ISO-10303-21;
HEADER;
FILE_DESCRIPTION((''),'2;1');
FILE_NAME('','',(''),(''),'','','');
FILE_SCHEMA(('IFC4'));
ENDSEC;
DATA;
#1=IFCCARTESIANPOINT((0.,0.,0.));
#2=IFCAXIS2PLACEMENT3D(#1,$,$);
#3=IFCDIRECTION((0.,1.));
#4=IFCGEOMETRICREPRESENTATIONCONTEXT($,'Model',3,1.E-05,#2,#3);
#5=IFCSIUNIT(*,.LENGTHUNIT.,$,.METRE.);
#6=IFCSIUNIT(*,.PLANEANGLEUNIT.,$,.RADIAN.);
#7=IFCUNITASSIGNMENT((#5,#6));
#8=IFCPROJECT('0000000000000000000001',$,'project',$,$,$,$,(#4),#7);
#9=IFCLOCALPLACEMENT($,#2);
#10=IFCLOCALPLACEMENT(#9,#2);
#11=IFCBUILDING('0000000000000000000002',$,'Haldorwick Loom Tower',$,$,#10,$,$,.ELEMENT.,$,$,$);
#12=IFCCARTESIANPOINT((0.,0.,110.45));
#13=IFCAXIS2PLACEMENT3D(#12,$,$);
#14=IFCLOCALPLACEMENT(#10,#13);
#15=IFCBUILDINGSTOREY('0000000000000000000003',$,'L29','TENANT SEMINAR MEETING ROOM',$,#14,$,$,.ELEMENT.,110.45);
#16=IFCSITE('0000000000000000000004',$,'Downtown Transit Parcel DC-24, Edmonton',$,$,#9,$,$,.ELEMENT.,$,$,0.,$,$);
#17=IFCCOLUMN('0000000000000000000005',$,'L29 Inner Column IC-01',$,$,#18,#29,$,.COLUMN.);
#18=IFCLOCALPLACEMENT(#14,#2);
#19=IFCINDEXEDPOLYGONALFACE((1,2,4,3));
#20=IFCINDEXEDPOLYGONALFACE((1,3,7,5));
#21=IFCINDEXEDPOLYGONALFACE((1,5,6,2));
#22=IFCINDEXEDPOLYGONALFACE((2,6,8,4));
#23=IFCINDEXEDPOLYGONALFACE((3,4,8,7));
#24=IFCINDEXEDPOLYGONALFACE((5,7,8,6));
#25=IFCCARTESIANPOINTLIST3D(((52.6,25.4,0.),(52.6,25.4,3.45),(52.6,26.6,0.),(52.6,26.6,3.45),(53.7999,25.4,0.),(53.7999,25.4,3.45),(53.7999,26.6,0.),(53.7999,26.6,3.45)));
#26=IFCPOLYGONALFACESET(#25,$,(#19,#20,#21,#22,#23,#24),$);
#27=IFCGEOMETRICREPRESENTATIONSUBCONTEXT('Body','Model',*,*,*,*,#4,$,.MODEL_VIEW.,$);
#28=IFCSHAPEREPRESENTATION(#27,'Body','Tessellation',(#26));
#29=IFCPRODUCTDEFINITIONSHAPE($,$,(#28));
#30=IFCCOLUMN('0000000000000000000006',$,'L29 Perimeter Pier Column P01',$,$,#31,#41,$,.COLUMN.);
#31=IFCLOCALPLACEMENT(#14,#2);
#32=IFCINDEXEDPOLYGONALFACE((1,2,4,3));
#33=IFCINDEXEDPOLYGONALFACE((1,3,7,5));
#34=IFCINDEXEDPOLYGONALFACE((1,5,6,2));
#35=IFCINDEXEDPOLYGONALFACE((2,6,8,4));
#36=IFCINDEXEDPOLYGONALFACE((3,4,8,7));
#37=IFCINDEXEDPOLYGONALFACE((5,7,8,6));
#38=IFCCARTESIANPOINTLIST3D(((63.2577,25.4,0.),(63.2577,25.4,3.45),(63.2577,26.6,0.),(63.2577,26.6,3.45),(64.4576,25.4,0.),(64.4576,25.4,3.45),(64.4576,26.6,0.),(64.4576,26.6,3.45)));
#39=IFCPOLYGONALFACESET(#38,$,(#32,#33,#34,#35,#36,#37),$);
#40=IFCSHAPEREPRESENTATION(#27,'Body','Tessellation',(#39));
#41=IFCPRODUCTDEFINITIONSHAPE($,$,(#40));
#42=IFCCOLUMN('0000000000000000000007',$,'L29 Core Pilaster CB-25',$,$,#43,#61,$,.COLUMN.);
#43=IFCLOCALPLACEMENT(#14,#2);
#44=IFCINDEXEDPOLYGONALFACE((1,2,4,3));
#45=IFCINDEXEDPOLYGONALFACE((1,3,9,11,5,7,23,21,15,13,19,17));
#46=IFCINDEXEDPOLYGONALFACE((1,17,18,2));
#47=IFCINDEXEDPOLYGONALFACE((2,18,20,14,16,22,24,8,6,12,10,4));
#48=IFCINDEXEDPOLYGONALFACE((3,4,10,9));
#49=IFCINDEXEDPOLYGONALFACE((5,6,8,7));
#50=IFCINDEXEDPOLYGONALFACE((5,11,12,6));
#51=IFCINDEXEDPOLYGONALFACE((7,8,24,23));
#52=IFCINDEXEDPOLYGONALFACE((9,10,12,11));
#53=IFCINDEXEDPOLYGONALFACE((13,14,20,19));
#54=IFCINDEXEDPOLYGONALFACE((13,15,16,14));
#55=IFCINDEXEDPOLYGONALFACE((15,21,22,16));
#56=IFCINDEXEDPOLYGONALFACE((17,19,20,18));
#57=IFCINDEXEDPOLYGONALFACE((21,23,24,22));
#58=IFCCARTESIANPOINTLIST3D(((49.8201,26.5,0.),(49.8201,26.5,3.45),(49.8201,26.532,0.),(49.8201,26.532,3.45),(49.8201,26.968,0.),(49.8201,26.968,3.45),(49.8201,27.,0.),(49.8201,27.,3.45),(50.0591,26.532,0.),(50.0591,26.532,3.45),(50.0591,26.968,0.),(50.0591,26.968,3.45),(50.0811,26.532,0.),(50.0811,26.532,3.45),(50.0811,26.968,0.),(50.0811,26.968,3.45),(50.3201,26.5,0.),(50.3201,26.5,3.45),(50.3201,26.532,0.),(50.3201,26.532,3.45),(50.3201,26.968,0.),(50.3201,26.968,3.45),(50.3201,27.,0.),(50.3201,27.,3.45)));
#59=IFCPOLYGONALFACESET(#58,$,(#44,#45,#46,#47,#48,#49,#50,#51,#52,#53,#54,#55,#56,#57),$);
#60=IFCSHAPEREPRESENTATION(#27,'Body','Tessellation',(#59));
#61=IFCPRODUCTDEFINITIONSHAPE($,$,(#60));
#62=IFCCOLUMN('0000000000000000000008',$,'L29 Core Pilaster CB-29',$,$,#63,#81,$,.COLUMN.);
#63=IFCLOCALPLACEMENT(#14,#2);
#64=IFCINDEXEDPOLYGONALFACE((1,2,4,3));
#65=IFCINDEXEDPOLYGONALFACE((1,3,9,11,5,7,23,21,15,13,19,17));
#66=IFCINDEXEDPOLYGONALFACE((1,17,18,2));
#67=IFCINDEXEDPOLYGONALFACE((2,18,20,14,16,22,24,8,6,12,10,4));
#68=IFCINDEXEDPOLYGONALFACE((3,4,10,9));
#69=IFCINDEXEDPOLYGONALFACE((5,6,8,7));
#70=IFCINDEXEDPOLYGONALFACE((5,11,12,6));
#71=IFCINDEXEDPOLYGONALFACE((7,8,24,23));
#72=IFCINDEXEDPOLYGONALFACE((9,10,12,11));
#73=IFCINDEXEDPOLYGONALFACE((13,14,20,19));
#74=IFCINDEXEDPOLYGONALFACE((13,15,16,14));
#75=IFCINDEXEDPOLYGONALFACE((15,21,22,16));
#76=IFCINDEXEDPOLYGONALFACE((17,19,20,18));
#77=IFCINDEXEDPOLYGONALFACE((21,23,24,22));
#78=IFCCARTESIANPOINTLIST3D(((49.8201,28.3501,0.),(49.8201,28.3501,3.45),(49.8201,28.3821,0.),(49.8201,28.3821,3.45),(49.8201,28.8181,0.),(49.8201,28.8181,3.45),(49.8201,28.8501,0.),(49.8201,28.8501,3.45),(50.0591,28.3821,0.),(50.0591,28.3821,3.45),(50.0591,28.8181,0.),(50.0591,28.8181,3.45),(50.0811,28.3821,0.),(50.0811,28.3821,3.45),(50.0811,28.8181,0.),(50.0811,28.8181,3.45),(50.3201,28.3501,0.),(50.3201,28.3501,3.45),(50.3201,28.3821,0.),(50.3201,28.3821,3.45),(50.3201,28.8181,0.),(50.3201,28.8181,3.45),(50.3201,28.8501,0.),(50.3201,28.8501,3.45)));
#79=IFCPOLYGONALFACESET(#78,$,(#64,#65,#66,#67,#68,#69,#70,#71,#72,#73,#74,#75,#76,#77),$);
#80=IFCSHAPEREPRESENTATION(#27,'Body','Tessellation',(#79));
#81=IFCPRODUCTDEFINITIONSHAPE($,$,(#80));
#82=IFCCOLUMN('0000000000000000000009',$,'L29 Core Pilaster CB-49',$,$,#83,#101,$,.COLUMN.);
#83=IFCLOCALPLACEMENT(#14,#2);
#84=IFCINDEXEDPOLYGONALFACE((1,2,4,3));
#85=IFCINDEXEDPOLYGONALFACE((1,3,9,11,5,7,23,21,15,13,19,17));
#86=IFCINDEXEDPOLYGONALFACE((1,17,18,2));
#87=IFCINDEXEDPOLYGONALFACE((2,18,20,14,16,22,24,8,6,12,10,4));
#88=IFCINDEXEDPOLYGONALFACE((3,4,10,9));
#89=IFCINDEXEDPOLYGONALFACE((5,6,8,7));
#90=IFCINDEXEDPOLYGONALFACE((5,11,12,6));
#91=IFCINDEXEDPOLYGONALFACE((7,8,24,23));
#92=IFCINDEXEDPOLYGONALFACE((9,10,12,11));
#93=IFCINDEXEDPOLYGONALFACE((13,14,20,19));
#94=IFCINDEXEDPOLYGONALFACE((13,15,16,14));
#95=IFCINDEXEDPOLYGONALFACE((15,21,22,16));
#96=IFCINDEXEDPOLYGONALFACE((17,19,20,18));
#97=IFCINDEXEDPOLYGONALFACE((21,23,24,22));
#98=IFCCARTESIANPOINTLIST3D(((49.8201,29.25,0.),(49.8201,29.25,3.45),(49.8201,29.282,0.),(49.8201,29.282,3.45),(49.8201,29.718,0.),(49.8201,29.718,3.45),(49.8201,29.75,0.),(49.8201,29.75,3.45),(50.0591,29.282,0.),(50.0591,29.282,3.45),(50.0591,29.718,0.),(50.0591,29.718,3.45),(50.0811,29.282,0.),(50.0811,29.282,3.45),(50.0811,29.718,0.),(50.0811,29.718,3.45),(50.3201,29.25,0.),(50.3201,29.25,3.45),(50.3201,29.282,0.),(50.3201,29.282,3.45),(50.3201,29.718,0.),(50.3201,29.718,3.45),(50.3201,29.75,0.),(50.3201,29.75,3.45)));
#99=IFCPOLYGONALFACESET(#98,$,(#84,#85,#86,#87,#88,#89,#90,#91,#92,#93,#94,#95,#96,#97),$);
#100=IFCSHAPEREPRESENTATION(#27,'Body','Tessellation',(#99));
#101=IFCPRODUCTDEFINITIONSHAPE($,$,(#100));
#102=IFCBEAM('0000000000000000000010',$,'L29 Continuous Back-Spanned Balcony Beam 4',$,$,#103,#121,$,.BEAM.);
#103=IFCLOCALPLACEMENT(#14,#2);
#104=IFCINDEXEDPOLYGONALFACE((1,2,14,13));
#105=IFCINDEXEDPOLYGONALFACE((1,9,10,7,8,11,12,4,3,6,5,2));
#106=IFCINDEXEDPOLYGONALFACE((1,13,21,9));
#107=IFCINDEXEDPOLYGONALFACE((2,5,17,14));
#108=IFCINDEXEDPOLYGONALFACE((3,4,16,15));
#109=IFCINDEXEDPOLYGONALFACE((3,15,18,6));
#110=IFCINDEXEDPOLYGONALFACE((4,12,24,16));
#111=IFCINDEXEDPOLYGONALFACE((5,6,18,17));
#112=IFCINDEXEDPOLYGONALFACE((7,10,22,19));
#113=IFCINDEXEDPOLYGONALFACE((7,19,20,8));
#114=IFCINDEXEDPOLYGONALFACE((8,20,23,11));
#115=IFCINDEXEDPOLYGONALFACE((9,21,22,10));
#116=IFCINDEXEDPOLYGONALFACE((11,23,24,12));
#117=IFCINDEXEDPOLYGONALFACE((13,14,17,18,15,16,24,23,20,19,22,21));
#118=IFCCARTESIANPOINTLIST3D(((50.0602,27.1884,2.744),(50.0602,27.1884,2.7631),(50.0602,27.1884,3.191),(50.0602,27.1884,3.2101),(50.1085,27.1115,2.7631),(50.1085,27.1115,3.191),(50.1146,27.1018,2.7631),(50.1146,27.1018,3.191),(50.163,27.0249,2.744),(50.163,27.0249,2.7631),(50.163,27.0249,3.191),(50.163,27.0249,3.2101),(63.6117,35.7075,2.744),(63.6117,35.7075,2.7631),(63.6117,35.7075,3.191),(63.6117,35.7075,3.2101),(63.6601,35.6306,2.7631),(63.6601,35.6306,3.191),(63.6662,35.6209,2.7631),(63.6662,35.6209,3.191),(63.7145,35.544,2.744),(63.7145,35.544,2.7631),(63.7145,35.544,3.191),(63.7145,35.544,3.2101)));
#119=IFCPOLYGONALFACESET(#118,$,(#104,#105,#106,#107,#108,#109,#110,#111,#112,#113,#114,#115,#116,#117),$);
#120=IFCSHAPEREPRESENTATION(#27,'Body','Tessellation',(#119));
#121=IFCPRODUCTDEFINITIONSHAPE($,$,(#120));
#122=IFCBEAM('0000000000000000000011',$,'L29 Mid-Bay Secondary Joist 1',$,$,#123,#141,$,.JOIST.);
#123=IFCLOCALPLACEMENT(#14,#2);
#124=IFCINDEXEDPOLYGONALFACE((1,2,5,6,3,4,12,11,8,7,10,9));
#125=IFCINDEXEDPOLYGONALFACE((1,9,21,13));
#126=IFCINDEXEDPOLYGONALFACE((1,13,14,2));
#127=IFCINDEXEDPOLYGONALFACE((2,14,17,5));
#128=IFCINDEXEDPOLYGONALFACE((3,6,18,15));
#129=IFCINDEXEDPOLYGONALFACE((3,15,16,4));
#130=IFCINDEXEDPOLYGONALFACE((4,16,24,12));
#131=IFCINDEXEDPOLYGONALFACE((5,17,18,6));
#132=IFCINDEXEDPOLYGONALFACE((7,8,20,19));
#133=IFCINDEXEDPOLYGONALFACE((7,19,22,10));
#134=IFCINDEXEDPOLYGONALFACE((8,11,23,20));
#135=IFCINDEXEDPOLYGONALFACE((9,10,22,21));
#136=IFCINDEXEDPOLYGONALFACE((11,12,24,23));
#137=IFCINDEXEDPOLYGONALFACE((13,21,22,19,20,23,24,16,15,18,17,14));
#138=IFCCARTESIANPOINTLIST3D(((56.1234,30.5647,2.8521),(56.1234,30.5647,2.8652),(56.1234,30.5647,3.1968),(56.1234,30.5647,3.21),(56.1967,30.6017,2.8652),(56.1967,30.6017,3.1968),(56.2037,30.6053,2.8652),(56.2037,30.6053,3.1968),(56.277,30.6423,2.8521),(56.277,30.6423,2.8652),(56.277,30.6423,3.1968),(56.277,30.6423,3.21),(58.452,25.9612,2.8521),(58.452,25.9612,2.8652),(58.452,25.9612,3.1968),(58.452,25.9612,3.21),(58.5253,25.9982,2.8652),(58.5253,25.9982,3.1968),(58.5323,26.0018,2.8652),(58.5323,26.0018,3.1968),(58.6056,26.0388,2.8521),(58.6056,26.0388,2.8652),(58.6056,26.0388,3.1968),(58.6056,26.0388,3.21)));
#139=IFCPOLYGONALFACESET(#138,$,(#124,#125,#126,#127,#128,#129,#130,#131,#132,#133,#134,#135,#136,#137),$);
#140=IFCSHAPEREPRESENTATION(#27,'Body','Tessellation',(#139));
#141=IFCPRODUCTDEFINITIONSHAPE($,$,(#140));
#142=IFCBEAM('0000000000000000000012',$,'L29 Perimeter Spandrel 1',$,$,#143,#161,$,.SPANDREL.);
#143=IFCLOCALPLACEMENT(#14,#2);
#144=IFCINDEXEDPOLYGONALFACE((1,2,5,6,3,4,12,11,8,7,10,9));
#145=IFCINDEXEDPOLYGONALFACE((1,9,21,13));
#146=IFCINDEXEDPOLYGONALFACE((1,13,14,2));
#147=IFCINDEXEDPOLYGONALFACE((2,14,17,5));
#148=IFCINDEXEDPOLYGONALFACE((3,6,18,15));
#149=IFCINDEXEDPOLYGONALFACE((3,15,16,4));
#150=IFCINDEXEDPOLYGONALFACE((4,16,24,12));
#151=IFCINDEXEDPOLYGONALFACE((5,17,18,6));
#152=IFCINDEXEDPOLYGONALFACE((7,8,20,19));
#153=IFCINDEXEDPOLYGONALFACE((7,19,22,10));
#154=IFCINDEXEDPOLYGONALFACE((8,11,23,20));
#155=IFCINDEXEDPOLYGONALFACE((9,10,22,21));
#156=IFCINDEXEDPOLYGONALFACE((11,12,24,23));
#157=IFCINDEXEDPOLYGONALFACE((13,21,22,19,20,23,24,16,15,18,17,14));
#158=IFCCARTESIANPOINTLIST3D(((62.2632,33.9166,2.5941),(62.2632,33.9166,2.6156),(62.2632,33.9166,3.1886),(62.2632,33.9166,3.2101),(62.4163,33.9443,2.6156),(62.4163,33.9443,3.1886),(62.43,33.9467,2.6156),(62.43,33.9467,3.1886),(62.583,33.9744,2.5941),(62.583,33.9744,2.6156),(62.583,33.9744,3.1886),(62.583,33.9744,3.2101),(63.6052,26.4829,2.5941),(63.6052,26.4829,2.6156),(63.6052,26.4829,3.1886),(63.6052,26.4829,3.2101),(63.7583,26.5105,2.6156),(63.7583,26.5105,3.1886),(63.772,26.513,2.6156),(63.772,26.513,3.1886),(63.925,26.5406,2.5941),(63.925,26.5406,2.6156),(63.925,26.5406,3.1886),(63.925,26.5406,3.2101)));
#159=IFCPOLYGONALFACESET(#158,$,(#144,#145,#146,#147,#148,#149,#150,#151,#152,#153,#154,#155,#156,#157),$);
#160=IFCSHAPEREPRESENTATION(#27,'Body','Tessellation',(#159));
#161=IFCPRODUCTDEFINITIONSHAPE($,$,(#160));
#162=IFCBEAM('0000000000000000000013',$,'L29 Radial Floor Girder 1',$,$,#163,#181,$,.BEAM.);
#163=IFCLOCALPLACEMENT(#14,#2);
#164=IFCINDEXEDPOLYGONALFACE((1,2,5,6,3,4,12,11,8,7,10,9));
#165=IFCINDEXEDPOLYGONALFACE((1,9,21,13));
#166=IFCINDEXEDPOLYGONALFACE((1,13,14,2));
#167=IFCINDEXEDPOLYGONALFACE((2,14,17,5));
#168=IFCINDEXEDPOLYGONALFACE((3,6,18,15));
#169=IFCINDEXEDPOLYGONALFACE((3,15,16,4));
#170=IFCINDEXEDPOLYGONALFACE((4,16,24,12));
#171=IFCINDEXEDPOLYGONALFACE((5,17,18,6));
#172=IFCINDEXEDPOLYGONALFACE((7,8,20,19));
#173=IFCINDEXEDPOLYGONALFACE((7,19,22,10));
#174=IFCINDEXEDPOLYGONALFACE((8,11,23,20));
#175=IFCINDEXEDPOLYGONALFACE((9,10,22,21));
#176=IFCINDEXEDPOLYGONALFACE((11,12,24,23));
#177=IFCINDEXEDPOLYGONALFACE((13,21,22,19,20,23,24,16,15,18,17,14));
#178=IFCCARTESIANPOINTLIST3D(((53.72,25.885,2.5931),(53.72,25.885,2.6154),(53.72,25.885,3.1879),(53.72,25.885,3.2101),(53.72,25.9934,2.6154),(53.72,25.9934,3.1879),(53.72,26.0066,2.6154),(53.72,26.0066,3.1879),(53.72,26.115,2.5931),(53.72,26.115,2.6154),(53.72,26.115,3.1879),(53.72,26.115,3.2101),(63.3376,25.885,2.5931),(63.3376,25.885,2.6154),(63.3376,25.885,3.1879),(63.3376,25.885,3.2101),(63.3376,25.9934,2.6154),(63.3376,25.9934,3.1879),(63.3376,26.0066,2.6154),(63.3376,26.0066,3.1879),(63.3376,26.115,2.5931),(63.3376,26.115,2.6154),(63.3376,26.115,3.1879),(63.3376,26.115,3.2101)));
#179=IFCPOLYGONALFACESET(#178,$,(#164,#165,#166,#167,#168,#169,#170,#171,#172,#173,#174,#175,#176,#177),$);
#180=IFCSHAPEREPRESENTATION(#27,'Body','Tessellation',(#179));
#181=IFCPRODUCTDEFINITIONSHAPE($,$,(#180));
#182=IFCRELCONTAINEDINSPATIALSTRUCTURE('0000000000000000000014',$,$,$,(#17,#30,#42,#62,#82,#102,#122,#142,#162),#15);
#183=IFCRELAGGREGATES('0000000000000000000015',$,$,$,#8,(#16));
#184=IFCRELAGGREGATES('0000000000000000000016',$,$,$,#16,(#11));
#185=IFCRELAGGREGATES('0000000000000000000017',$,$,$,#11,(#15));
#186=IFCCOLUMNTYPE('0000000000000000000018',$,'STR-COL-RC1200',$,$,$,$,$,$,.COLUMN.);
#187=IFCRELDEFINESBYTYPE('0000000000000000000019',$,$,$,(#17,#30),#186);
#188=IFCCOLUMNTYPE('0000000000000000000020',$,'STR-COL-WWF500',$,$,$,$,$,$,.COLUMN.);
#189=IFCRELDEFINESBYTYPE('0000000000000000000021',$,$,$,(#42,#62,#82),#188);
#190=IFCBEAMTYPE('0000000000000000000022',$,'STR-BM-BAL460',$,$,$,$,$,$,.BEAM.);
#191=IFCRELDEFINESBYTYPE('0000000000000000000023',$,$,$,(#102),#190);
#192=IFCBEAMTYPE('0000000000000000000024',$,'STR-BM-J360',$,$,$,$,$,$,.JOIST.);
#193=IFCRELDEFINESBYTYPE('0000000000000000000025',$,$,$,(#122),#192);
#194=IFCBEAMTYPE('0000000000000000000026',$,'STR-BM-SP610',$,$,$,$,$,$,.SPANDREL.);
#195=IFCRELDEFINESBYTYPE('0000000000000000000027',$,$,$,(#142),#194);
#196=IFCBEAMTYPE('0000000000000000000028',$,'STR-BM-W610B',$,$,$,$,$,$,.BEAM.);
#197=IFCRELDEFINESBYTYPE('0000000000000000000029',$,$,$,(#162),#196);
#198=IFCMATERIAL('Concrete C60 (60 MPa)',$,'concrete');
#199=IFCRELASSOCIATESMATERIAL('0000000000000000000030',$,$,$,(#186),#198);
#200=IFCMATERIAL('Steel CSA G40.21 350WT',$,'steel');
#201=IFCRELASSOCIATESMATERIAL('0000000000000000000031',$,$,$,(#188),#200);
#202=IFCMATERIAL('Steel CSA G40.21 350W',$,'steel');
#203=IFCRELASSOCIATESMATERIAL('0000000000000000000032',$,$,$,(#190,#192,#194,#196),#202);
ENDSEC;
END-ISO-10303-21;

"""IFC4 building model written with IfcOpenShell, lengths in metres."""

from ifc_helpers import new_model, si_unit, direction, frame, origin, origin_2d, place, context, subcontext, project, spatial, rectangle, i_section, extrude, material, material_profile, profile_set, type_object, element, save


model = new_model("IFC4")

# Units and contexts
model_context = context("Model", 3, precision=1e-05, world=origin(), true_north=direction((0.0, 1.0)))
body_context = subcontext(model_context, "Body", "Model", "MODEL_VIEW")
ifc_project = project(units=[si_unit("LENGTHUNIT", "METRE"), si_unit("PLANEANGLEUNIT", "RADIAN")], contexts=[model_context])

# Site, building, storey
site_placement = place(None, origin())
site = spatial("IfcSite", under=ifc_project, at=site_placement, Name="Downtown Transit Parcel DC-24, Edmonton", CompositionType="ELEMENT", RefElevation=0.0)
building_placement = place(site_placement, origin())
building = spatial("IfcBuilding", under=site, at=building_placement, Name="Haldorwick Loom Tower", CompositionType="ELEMENT")
storey_placement = place(building_placement, frame((0.0, 0.0, 110.45)))
storey = spatial("IfcBuildingStorey", under=building, at=storey_placement, Name="L29", Description="TENANT SEMINAR MEETING ROOM", CompositionType="ELEMENT", Elevation=110.45)

# Columns
ifc_material_1 = material(Name="Concrete C60 (60 MPa)", Category="concrete")
ifc_material_profile_1 = material_profile(ifc_material_1, rectangle(XDim=1.2, YDim=1.2, at=origin_2d()), Name="RC1200X1200", Category="concrete")
ifc_profile_set_1 = profile_set([ifc_material_profile_1], Name="Concrete C60 (60 MPa)")
column_type_1 = type_object("IfcColumnType", Name="STR-COL-RC1200", PredefinedType="COLUMN", material=ifc_profile_set_1)
for number, where, z_axis, x_axis, name in (
    (1, (53.2, 26.0, 0.0), (0.0, 0.0, 1.0), (1.0, 0.0, 0.0), "L29 Inner Column IC-01"),
    (2, (63.8577, 26.0, 0.0), (0.0, 0.0, 1.0), (1.0, 0.0, 0.0), "L29 Perimeter Pier Column P01"),
):
    element("IfcColumn", number, at=place(storey_placement, frame(where, z_axis=z_axis, x_axis=x_axis)), inside=storey, type_object=column_type_1, Name=name, PredefinedType="COLUMN", context=body_context, shape_type="SweptSolid", body=[
        extrude(rectangle(XDim=1.2, YDim=1.2, at=origin_2d()), origin(), (0.0, 0.0, 1.0), 3.45),
    ])
ifc_material_2 = material(Name="Steel CSA G40.21 350WT", Category="steel")
ifc_material_profile_2 = material_profile(ifc_material_2, i_section(OverallWidth=0.5, OverallDepth=0.5, WebThickness=0.022, FlangeThickness=0.032, at=origin_2d()), Name="WWF500X500", Category="steel")
ifc_profile_set_2 = profile_set([ifc_material_profile_2], Name="Steel CSA G40.21 350WT")
column_type_2 = type_object("IfcColumnType", Name="STR-COL-WWF500", PredefinedType="COLUMN", material=ifc_profile_set_2)
for number, where, z_axis, x_axis, name in (
    (3, (50.0701, 26.75, 0.0), (0.0, 0.0, 1.0), (1.0, 0.0, 0.0), "L29 Core Pilaster CB-25"),
    (4, (50.0701, 28.6001, 0.0), (0.0, 0.0, 1.0), (1.0, 0.0, 0.0), "L29 Core Pilaster CB-29"),
    (5, (50.0701, 29.5, 0.0), (0.0, 0.0, 1.0), (1.0, 0.0, 0.0), "L29 Core Pilaster CB-49"),
):
    element("IfcColumn", number, at=place(storey_placement, frame(where, z_axis=z_axis, x_axis=x_axis)), inside=storey, type_object=column_type_2, Name=name, PredefinedType="COLUMN", context=body_context, shape_type="SweptSolid", body=[
        extrude(i_section(OverallWidth=0.5, OverallDepth=0.5, WebThickness=0.022, FlangeThickness=0.032, at=origin_2d()), origin(), (0.0, 0.0, 1.0), 3.45),
    ])

# Beams
ifc_material_3 = material(Name="Steel CSA G40.21 350W", Category="steel")
ifc_material_profile_3 = material_profile(ifc_material_3, i_section(OverallWidth=0.1931, OverallDepth=0.4661, WebThickness=0.0115, FlangeThickness=0.019, at=origin_2d()), Name="W460X97", Category="steel")
ifc_profile_set_3 = profile_set([ifc_material_profile_3], Name="Steel CSA G40.21 350W")
beam_type_1 = type_object("IfcBeamType", Name="STR-BM-BAL460", PredefinedType="BEAM", material=ifc_profile_set_3)
beam_1_placement = place(storey_placement, frame((50.1116, 27.1067, 2.9771), z_axis=(0.84661, 0.532214, 0.0), x_axis=(-0.532214, 0.84661, 0.0)))
element("IfcBeam", 6, at=beam_1_placement, inside=storey, type_object=beam_type_1, Name="L29 Continuous Back-Spanned Balcony Beam 4", PredefinedType="BEAM", context=body_context, shape_type="SweptSolid", body=[
    extrude(i_section(OverallWidth=0.1931, OverallDepth=0.4661, WebThickness=0.0115, FlangeThickness=0.019, at=origin_2d()), origin(), (0.0, 0.0, 1.0), 16.0068),
])
ifc_material_profile_4 = material_profile(ifc_material_3, i_section(OverallWidth=0.1721, OverallDepth=0.3579, WebThickness=0.0078, FlangeThickness=0.0132, at=origin_2d()), Name="W360X57", Category="steel")
ifc_profile_set_4 = profile_set([ifc_material_profile_4], Name="Steel CSA G40.21 350W")
beam_type_2 = type_object("IfcBeamType", Name="STR-BM-J360", PredefinedType="JOIST", material=ifc_profile_set_4)
beam_2_placement = place(storey_placement, frame((58.5288, 26.0, 3.031), z_axis=(-0.451373, 0.892335, 0.0), x_axis=(-0.892335, -0.451373, 0.0)))
element("IfcBeam", 7, at=beam_2_placement, inside=storey, type_object=beam_type_2, Name="L29 Mid-Bay Secondary Joist 1", PredefinedType="JOIST", context=body_context, shape_type="SweptSolid", body=[
    extrude(i_section(OverallWidth=0.1721, OverallDepth=0.3579, WebThickness=0.0078, FlangeThickness=0.0132, at=origin_2d()), origin(), (0.0, 0.0, 1.0), 5.1589),
])
ifc_material_profile_5 = material_profile(ifc_material_3, i_section(OverallWidth=0.325, OverallDepth=0.616, WebThickness=0.0139, FlangeThickness=0.0215, at=origin_2d()), Name="W610X174", Category="steel")
ifc_profile_set_5 = profile_set([ifc_material_profile_5], Name="Steel CSA G40.21 350W")
beam_type_3 = type_object("IfcBeamType", Name="STR-BM-SP610", PredefinedType="SPANDREL", material=ifc_profile_set_5)
beam_3_placement = place(storey_placement, frame((63.7651, 26.5117, 2.9021), z_axis=(-0.177659, 0.984092, 0.0), x_axis=(-0.984092, -0.177659, 0.0)))
element("IfcBeam", 8, at=beam_3_placement, inside=storey, type_object=beam_type_3, Name="L29 Perimeter Spandrel 1", PredefinedType="SPANDREL", context=body_context, shape_type="SweptSolid", body=[
    extrude(i_section(OverallWidth=0.325, OverallDepth=0.616, WebThickness=0.0139, FlangeThickness=0.0215, at=origin_2d()), origin(), (0.0, 0.0, 1.0), 7.554),
])
ifc_material_profile_6 = material_profile(ifc_material_3, i_section(OverallWidth=0.23, OverallDepth=0.6169, WebThickness=0.0132, FlangeThickness=0.0222, at=origin_2d()), Name="W610X140", Category="steel")
ifc_profile_set_6 = profile_set([ifc_material_profile_6], Name="Steel CSA G40.21 350W")
beam_type_4 = type_object("IfcBeamType", Name="STR-BM-W610B", PredefinedType="BEAM", material=ifc_profile_set_6)
beam_4_placement = place(storey_placement, frame((53.72, 26.0, 2.9016), z_axis=(1.0, 0.0, 0.0), x_axis=(0.0, 1.0, 0.0)))
element("IfcBeam", 9, at=beam_4_placement, inside=storey, type_object=beam_type_4, Name="L29 Radial Floor Girder 1", PredefinedType="BEAM", context=body_context, shape_type="SweptSolid", body=[
    extrude(i_section(OverallWidth=0.23, OverallDepth=0.6169, WebThickness=0.0132, FlangeThickness=0.0222, at=origin_2d()), origin(), (0.0, 0.0, 1.0), 9.6177),
])

save(model, "model.ifc")
